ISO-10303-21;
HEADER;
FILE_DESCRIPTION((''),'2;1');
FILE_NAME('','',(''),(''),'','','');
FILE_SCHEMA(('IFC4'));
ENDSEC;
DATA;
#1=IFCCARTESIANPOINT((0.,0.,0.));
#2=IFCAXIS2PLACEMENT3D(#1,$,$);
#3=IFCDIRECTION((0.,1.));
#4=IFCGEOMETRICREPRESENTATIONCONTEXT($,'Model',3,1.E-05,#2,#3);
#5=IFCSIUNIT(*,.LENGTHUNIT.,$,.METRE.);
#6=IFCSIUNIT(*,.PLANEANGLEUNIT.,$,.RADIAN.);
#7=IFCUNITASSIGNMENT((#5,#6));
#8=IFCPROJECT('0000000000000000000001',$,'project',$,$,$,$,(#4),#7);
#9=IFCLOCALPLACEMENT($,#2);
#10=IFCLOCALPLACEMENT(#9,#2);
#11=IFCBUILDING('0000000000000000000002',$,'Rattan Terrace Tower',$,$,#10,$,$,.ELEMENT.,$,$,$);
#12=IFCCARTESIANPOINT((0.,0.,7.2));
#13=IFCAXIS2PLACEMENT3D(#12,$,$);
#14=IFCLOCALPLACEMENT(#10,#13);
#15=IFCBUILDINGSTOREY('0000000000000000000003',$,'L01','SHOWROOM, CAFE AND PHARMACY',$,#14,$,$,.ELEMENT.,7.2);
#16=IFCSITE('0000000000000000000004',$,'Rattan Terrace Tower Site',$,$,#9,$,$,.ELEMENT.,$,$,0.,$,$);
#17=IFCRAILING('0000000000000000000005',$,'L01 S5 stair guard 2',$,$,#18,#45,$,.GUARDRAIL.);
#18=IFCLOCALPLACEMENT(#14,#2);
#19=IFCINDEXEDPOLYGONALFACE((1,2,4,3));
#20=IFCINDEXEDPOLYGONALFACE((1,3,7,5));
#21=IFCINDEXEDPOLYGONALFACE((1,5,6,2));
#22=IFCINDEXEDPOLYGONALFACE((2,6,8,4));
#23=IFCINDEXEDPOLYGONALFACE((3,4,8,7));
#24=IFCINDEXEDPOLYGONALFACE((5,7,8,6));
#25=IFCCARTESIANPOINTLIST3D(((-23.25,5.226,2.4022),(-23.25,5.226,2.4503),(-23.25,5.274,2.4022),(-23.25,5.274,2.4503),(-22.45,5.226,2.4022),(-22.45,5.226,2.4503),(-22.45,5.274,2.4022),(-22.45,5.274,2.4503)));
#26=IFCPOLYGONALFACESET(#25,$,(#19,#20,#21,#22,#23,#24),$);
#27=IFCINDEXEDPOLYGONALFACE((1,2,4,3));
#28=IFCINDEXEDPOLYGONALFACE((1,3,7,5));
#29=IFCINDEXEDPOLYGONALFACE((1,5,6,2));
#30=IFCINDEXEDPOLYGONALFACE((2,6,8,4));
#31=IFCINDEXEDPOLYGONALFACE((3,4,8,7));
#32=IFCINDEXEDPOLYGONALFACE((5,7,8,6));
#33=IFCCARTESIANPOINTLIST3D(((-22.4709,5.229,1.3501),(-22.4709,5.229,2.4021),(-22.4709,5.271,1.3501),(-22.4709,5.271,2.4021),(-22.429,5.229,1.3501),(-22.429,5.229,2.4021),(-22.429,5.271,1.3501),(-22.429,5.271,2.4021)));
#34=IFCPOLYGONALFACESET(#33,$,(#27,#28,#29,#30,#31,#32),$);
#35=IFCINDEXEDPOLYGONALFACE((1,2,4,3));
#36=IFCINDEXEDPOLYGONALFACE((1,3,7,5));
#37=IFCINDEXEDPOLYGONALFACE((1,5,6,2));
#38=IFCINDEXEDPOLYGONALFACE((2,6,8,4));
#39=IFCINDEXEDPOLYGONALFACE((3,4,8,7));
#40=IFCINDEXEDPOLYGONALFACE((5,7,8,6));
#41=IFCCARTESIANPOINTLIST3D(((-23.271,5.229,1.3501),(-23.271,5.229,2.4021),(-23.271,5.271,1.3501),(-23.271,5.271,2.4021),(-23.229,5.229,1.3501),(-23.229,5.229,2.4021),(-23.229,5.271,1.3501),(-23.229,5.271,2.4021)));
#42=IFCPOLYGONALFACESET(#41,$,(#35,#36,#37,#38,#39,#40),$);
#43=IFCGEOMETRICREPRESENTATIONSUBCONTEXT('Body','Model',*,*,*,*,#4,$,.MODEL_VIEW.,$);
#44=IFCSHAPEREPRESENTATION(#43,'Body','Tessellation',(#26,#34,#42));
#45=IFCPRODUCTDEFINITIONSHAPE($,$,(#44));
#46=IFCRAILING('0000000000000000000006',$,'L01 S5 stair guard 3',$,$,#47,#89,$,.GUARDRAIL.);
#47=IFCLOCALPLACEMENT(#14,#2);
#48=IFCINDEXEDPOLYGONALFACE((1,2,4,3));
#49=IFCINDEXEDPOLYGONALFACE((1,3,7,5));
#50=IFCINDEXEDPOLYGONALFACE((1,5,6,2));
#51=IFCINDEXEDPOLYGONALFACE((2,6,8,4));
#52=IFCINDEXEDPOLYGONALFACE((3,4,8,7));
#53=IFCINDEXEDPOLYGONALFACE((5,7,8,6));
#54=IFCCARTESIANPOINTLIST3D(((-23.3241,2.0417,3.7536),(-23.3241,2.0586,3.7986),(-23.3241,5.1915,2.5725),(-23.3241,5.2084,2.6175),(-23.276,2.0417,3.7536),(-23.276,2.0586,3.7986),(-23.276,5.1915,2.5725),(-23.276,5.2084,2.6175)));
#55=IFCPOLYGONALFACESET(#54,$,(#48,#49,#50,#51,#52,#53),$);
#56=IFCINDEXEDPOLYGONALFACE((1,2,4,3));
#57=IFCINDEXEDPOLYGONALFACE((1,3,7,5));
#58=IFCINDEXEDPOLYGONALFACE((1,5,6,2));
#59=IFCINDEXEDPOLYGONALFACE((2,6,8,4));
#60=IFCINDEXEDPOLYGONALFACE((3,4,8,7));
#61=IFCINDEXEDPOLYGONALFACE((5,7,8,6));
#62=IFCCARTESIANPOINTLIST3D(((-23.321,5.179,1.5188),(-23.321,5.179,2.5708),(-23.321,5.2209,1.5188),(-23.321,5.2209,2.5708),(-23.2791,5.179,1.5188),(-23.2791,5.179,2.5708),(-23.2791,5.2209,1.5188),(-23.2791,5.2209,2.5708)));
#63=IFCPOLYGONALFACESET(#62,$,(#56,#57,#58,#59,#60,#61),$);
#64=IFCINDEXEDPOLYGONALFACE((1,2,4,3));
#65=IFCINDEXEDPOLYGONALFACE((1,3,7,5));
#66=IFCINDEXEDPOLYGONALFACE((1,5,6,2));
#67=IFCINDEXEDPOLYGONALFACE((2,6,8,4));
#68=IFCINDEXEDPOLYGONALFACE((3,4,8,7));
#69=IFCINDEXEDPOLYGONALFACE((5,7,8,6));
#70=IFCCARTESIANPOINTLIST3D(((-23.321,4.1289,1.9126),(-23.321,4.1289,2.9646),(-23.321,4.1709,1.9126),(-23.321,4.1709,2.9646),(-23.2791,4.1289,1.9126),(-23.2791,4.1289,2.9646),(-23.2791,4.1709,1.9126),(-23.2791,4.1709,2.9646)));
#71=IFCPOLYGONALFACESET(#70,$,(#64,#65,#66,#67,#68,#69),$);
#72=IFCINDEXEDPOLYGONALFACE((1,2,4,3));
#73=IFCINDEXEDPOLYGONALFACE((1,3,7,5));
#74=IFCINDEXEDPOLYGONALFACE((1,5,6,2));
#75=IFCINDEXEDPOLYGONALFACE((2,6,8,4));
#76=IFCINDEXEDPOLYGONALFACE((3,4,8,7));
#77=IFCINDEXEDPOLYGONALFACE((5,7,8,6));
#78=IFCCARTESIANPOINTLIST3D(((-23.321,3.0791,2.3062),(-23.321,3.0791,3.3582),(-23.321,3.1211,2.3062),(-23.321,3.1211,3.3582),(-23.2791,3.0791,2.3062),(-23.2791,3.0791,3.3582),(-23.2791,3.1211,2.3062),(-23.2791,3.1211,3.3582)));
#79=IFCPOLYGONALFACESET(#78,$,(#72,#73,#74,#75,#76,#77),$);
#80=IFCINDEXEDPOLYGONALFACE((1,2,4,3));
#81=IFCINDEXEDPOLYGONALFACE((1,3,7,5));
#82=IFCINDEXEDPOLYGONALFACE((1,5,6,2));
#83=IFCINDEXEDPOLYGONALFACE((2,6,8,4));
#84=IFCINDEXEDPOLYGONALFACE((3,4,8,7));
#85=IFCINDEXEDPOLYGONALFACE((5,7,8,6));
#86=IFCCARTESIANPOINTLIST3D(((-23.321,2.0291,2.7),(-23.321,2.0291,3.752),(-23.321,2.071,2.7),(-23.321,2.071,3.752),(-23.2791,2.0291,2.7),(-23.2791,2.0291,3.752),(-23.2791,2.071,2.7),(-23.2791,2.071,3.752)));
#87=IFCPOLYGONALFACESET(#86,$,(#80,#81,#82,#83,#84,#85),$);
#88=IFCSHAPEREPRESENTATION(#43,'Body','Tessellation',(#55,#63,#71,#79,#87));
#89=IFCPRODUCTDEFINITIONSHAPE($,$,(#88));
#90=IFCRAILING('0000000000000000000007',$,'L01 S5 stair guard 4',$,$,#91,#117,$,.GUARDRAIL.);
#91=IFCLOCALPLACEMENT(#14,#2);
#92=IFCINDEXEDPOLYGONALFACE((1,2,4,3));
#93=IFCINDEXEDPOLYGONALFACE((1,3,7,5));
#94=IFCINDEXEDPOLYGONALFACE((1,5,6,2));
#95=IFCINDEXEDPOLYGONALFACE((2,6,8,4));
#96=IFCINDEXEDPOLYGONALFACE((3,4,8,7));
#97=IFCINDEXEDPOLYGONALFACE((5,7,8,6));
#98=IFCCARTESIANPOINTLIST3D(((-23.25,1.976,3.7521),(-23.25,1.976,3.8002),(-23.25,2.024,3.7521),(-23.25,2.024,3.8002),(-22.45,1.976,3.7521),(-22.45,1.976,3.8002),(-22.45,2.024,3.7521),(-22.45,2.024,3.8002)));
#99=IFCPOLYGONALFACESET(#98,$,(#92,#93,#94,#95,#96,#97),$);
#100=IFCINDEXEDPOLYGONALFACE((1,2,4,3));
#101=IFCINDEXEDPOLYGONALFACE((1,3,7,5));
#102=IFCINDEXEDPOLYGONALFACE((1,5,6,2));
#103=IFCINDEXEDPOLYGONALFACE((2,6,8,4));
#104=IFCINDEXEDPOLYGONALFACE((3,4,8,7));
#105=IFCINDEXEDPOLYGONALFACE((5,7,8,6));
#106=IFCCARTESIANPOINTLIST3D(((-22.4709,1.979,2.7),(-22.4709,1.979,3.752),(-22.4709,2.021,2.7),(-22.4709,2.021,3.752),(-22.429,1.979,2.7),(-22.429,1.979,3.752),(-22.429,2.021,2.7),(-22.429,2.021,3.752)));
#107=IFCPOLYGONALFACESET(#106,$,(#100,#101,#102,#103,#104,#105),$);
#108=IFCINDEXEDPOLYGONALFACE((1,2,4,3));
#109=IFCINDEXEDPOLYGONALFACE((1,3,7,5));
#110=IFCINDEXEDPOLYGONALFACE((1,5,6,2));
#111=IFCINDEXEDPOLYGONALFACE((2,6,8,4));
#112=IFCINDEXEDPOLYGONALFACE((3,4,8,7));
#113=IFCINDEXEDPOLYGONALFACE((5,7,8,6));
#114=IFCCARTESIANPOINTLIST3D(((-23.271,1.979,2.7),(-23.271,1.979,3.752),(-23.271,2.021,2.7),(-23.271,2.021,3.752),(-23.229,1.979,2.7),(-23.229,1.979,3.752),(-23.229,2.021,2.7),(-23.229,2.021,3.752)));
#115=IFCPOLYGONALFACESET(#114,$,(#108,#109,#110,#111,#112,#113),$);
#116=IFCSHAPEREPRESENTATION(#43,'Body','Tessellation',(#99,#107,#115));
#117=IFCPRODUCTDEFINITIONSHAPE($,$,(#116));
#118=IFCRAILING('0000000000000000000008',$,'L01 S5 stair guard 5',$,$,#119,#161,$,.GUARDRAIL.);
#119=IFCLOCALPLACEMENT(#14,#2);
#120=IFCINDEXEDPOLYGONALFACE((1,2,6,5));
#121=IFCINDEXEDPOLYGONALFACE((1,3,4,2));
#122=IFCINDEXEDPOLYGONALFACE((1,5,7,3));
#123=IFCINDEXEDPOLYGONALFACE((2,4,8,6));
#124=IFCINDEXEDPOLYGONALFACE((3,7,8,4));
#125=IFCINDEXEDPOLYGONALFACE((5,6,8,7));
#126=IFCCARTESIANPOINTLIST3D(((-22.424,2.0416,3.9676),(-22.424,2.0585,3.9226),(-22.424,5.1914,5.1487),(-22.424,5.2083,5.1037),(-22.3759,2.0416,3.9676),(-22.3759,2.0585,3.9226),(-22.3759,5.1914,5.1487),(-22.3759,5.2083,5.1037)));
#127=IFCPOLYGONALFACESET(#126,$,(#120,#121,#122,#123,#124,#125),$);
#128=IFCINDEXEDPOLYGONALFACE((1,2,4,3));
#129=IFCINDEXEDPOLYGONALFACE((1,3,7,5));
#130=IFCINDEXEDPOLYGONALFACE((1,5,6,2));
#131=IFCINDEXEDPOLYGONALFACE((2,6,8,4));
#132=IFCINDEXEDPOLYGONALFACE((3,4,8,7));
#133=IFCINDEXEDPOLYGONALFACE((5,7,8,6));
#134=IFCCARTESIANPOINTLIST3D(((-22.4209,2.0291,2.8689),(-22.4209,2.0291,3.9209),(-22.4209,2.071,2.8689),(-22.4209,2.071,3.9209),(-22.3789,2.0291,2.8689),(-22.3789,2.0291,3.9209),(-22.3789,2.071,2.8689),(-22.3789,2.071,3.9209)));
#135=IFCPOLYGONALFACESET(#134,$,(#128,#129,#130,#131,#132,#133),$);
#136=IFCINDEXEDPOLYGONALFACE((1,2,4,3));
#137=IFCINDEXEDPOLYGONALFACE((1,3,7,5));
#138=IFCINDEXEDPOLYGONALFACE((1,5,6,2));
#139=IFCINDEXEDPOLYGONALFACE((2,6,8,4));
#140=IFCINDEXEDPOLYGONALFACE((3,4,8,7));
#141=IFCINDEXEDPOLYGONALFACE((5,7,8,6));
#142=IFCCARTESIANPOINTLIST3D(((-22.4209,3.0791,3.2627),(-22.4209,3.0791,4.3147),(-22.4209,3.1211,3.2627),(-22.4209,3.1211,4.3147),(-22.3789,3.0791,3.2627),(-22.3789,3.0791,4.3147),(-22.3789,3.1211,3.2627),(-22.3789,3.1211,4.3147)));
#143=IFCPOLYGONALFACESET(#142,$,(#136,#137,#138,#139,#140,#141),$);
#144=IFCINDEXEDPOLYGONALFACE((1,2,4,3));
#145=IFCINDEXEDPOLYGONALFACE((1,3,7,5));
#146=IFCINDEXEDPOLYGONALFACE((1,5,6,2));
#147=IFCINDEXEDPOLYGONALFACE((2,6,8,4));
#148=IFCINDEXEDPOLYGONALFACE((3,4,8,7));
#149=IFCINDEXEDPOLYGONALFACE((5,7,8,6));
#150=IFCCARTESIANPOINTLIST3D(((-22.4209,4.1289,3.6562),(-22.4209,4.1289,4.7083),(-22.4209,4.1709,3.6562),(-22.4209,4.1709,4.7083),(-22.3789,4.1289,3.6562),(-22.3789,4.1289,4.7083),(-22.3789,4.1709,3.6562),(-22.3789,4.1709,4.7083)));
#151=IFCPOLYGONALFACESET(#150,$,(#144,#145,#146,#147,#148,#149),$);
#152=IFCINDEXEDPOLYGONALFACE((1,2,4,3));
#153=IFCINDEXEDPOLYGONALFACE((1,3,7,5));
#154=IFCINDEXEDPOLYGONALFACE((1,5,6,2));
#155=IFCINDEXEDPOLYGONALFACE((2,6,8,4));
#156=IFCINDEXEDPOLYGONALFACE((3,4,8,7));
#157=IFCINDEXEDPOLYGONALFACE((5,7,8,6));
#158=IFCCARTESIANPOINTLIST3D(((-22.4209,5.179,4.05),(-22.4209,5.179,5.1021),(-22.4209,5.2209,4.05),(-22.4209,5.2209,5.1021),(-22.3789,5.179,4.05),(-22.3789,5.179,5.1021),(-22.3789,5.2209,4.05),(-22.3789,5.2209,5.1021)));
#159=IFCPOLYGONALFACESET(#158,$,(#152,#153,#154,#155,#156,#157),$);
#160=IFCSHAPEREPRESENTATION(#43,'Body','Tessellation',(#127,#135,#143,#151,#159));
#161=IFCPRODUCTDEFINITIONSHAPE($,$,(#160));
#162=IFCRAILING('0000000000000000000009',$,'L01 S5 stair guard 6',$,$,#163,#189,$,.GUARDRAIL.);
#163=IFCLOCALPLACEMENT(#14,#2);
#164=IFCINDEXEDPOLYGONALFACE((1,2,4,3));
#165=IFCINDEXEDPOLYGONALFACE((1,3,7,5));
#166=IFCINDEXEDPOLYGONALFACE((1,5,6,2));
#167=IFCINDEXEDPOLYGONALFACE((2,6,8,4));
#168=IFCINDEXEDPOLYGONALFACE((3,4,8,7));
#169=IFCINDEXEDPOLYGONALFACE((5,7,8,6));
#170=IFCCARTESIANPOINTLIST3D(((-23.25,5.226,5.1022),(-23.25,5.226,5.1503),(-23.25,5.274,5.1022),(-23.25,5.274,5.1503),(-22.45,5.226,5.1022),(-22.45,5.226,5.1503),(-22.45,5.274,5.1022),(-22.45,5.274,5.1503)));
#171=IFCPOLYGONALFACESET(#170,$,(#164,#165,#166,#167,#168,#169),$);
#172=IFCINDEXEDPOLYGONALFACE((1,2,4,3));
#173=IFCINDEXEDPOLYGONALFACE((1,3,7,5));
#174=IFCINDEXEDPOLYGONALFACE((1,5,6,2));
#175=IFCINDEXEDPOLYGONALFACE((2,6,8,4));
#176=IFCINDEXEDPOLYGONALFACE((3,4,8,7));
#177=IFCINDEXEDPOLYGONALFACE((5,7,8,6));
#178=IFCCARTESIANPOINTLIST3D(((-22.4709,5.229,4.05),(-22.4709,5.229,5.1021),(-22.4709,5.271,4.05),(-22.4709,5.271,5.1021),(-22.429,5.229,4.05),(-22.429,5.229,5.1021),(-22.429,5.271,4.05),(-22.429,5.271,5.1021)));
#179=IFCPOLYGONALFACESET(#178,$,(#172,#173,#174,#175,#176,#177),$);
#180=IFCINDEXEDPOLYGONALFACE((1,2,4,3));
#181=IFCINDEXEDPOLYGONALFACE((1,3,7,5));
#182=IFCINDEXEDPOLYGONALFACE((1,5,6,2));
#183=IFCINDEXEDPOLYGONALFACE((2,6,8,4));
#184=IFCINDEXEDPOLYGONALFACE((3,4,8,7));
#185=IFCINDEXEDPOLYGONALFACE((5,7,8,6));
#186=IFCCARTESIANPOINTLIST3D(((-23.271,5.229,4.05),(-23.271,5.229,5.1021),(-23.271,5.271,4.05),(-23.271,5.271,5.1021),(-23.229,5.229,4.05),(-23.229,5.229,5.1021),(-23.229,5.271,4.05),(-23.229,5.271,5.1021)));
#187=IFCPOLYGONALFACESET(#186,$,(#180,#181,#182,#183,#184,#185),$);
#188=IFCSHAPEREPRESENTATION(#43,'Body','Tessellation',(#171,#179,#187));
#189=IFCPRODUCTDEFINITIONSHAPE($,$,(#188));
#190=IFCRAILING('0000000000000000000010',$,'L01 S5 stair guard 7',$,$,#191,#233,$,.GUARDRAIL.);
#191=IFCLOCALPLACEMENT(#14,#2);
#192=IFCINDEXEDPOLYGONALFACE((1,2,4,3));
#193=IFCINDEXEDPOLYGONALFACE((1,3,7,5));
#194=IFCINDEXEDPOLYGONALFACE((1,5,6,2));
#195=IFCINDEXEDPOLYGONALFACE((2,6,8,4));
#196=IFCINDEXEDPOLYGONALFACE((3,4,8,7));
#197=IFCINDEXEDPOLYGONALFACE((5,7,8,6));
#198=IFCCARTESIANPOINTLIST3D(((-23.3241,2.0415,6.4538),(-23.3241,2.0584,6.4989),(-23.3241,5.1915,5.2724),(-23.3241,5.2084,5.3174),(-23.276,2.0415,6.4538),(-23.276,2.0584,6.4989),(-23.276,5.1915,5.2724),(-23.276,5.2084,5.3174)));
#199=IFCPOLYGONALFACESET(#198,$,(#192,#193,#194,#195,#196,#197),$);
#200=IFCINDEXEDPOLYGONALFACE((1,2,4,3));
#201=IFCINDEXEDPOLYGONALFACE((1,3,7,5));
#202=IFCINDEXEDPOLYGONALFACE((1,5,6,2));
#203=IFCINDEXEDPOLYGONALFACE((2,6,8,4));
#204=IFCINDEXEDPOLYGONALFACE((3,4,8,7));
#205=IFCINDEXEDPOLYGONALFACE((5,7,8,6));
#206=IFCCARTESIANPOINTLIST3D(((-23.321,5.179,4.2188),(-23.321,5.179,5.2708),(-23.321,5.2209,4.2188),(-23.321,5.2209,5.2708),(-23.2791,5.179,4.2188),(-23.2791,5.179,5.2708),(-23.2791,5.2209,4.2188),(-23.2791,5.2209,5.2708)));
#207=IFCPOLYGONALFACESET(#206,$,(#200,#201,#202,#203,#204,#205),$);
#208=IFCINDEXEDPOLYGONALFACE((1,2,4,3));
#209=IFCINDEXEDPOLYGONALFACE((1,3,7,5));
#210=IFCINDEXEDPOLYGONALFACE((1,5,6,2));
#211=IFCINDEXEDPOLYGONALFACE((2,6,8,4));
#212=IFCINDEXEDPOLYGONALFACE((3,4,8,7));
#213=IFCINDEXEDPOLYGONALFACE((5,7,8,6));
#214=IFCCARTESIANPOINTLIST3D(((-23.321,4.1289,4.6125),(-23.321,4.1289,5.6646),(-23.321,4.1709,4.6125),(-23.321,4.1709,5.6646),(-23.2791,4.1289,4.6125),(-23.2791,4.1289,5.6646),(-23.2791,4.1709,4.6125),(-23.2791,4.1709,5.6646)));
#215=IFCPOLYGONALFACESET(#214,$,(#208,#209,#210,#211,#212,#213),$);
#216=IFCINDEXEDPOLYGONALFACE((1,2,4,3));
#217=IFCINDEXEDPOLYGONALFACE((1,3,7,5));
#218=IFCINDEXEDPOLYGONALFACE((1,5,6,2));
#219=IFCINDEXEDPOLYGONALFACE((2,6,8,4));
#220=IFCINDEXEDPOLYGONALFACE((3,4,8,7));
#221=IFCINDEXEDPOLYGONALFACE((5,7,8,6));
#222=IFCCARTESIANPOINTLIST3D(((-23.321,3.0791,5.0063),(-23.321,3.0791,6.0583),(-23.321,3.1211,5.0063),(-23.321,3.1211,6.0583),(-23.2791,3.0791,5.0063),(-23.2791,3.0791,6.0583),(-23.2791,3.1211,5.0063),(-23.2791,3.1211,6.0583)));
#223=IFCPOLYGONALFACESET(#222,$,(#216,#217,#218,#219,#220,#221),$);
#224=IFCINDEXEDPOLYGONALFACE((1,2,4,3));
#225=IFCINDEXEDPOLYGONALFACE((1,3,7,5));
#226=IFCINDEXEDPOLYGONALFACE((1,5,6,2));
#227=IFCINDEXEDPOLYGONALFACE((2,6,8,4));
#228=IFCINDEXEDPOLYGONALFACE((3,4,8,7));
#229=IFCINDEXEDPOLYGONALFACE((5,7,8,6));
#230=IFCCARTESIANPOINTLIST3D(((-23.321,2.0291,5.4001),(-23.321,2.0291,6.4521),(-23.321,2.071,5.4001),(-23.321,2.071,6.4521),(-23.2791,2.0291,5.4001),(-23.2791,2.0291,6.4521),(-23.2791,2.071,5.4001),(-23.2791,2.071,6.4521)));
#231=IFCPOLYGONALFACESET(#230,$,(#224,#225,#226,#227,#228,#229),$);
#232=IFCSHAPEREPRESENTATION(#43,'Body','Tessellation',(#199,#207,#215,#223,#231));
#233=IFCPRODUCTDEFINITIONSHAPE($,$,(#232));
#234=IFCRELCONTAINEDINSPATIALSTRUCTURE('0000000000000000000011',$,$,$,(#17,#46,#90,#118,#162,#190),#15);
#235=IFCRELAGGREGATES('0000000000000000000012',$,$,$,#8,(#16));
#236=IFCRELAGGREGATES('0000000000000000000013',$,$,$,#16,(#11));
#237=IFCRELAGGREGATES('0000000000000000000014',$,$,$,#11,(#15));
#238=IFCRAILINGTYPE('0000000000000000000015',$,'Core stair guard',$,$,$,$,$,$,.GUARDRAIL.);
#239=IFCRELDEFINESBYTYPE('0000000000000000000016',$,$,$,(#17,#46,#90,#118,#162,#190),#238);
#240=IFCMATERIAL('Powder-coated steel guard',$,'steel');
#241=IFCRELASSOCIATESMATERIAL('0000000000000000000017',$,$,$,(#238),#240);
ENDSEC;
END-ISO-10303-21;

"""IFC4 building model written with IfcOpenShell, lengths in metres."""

from ifc_helpers import new_model, si_unit, direction, frame, origin, origin_2d, place, context, subcontext, project, spatial, rectangle, extrude, material, type_object, element, save


model = new_model("IFC4")

# Units and contexts
model_context = context("Model", 3, precision=1e-05, world=origin(), true_north=direction((0.0, 1.0)))
body_context = subcontext(model_context, "Body", "Model", "MODEL_VIEW")
ifc_project = project(units=[si_unit("LENGTHUNIT", "METRE"), si_unit("PLANEANGLEUNIT", "RADIAN")], contexts=[model_context])

# Site, building, storey
site_placement = place(None, origin())
site = spatial("IfcSite", under=ifc_project, at=site_placement, Name="Rattan Terrace Tower Site", CompositionType="ELEMENT", RefElevation=0.0)
building_placement = place(site_placement, origin())
building = spatial("IfcBuilding", under=site, at=building_placement, Name="Rattan Terrace Tower", CompositionType="ELEMENT")
storey_placement = place(building_placement, frame((0.0, 0.0, 7.2)))
storey = spatial("IfcBuildingStorey", under=building, at=storey_placement, Name="L01", Description="SHOWROOM, CAFE AND PHARMACY", CompositionType="ELEMENT", Elevation=7.2)

# Railings
ifc_material_1 = material(Name="Powder-coated steel guard", Category="steel")
railing_type_1 = type_object("IfcRailingType", Name="Core stair guard", PredefinedType="GUARDRAIL", material=ifc_material_1)
railing_1_placement = place(storey_placement, frame((-22.45, 5.25, 1.3501)))
element("IfcRailing", 1, at=railing_1_placement, inside=storey, type_object=railing_type_1, Name="L01 S5 stair guard 2", PredefinedType="GUARDRAIL", context=body_context, shape_type="SweptSolid", body=[
    extrude(rectangle(XDim=0.0481, YDim=0.0481, at=origin_2d()), frame((0.0, 0.0, 1.0762), z_axis=(-1.0, 0.0, 0.0), x_axis=(0.0, -1.0, 0.0)), (0.0, 0.0, 1.0), 0.8),
    extrude(rectangle(XDim=0.042, YDim=0.042, at=origin_2d()), origin(), (0.0, 0.0, 1.0), 1.052),
    extrude(rectangle(XDim=0.042, YDim=0.042, at=origin_2d()), frame((-0.8, 0.0, 0.0)), (0.0, 0.0, 1.0), 1.052),
])
railing_2_placement = place(storey_placement, frame((-23.3, 5.2, 1.5188)))
element("IfcRailing", 2, at=railing_2_placement, inside=storey, type_object=railing_type_1, Name="L01 S5 stair guard 3", PredefinedType="GUARDRAIL", context=body_context, shape_type="SweptSolid", body=[
    extrude(rectangle(XDim=0.0481, YDim=0.0481, at=origin_2d()), frame((0.0, 0.0, 1.0762), z_axis=(0.0, -0.936335, 0.351108), x_axis=(1.0, 0.0, 0.0)), (0.0, 0.0, 1.0), 3.364),
    extrude(rectangle(XDim=0.042, YDim=0.042, at=origin_2d()), origin(), (0.0, 0.0, 1.0), 1.052),
    extrude(rectangle(XDim=0.042, YDim=0.042, at=origin_2d()), frame((0.0, -1.05, 0.3938)), (0.0, 0.0, 1.0), 1.052),
    extrude(rectangle(XDim=0.042, YDim=0.042, at=origin_2d()), frame((0.0, -2.0999, 0.7874)), (0.0, 0.0, 1.0), 1.052),
    extrude(rectangle(XDim=0.042, YDim=0.042, at=origin_2d()), frame((0.0, -3.1499, 1.1812)), (0.0, 0.0, 1.0), 1.052),
])
railing_3_placement = place(storey_placement, frame((-22.45, 2.0, 2.7)))
element("IfcRailing", 3, at=railing_3_placement, inside=storey, type_object=railing_type_1, Name="L01 S5 stair guard 4", PredefinedType="GUARDRAIL", context=body_context, shape_type="SweptSolid", body=[
    extrude(rectangle(XDim=0.0481, YDim=0.0481, at=origin_2d()), frame((0.0, 0.0, 1.0762), z_axis=(-1.0, 0.0, 0.0), x_axis=(0.0, -1.0, 0.0)), (0.0, 0.0, 1.0), 0.8),
    extrude(rectangle(XDim=0.042, YDim=0.042, at=origin_2d()), origin(), (0.0, 0.0, 1.0), 1.052),
    extrude(rectangle(XDim=0.042, YDim=0.042, at=origin_2d()), frame((-0.8, 0.0, 0.0)), (0.0, 0.0, 1.0), 1.052),
])
railing_4_placement = place(storey_placement, frame((-22.3999, 2.05, 2.8689)))
element("IfcRailing", 4, at=railing_4_placement, inside=storey, type_object=railing_type_1, Name="L01 S5 stair guard 5", PredefinedType="GUARDRAIL", context=body_context, shape_type="SweptSolid", body=[
    extrude(rectangle(XDim=0.0481, YDim=0.0481, at=origin_2d()), frame((0.0, 0.0, 1.0762), z_axis=(0.0, 0.936335, 0.351108), x_axis=(-1.0, 0.0, 0.0)), (0.0, 0.0, 1.0), 3.364),
    extrude(rectangle(XDim=0.042, YDim=0.042, at=origin_2d()), origin(), (0.0, 0.0, 1.0), 1.052),
    extrude(rectangle(XDim=0.042, YDim=0.042, at=origin_2d()), frame((0.0, 1.05, 0.3938)), (0.0, 0.0, 1.0), 1.052),
    extrude(rectangle(XDim=0.042, YDim=0.042, at=origin_2d()), frame((0.0, 2.0999, 0.7874)), (0.0, 0.0, 1.0), 1.052),
    extrude(rectangle(XDim=0.042, YDim=0.042, at=origin_2d()), frame((0.0, 3.1499, 1.1812)), (0.0, 0.0, 1.0), 1.052),
])
railing_5_placement = place(storey_placement, frame((-22.45, 5.25, 4.05)))
element("IfcRailing", 5, at=railing_5_placement, inside=storey, type_object=railing_type_1, Name="L01 S5 stair guard 6", PredefinedType="GUARDRAIL", context=body_context, shape_type="SweptSolid", body=[
    extrude(rectangle(XDim=0.0481, YDim=0.0481, at=origin_2d()), frame((0.0, 0.0, 1.0762), z_axis=(-1.0, 0.0, 0.0), x_axis=(0.0, -1.0, 0.0)), (0.0, 0.0, 1.0), 0.8),
    extrude(rectangle(XDim=0.042, YDim=0.042, at=origin_2d()), origin(), (0.0, 0.0, 1.0), 1.052),
    extrude(rectangle(XDim=0.042, YDim=0.042, at=origin_2d()), frame((-0.8, 0.0, 0.0)), (0.0, 0.0, 1.0), 1.052),
])
railing_6_placement = place(storey_placement, frame((-23.3, 5.2, 4.2188)))
element("IfcRailing", 6, at=railing_6_placement, inside=storey, type_object=railing_type_1, Name="L01 S5 stair guard 7", PredefinedType="GUARDRAIL", context=body_context, shape_type="SweptSolid", body=[
    extrude(rectangle(XDim=0.0481, YDim=0.0481, at=origin_2d()), frame((0.0, 0.0, 1.0762), z_axis=(0.0, -0.936311, 0.351171), x_axis=(1.0, 0.0, 0.0)), (0.0, 0.0, 1.0), 3.3643),
    extrude(rectangle(XDim=0.042, YDim=0.042, at=origin_2d()), origin(), (0.0, 0.0, 1.0), 1.052),
    extrude(rectangle(XDim=0.042, YDim=0.042, at=origin_2d()), frame((0.0, -1.05, 0.3938)), (0.0, 0.0, 1.0), 1.052),
    extrude(rectangle(XDim=0.042, YDim=0.042, at=origin_2d()), frame((0.0, -2.0999, 0.7876)), (0.0, 0.0, 1.0), 1.052),
    extrude(rectangle(XDim=0.042, YDim=0.042, at=origin_2d()), frame((0.0, -3.1499, 1.1814)), (0.0, 0.0, 1.0), 1.052),
])

save(model, "model.ifc")
